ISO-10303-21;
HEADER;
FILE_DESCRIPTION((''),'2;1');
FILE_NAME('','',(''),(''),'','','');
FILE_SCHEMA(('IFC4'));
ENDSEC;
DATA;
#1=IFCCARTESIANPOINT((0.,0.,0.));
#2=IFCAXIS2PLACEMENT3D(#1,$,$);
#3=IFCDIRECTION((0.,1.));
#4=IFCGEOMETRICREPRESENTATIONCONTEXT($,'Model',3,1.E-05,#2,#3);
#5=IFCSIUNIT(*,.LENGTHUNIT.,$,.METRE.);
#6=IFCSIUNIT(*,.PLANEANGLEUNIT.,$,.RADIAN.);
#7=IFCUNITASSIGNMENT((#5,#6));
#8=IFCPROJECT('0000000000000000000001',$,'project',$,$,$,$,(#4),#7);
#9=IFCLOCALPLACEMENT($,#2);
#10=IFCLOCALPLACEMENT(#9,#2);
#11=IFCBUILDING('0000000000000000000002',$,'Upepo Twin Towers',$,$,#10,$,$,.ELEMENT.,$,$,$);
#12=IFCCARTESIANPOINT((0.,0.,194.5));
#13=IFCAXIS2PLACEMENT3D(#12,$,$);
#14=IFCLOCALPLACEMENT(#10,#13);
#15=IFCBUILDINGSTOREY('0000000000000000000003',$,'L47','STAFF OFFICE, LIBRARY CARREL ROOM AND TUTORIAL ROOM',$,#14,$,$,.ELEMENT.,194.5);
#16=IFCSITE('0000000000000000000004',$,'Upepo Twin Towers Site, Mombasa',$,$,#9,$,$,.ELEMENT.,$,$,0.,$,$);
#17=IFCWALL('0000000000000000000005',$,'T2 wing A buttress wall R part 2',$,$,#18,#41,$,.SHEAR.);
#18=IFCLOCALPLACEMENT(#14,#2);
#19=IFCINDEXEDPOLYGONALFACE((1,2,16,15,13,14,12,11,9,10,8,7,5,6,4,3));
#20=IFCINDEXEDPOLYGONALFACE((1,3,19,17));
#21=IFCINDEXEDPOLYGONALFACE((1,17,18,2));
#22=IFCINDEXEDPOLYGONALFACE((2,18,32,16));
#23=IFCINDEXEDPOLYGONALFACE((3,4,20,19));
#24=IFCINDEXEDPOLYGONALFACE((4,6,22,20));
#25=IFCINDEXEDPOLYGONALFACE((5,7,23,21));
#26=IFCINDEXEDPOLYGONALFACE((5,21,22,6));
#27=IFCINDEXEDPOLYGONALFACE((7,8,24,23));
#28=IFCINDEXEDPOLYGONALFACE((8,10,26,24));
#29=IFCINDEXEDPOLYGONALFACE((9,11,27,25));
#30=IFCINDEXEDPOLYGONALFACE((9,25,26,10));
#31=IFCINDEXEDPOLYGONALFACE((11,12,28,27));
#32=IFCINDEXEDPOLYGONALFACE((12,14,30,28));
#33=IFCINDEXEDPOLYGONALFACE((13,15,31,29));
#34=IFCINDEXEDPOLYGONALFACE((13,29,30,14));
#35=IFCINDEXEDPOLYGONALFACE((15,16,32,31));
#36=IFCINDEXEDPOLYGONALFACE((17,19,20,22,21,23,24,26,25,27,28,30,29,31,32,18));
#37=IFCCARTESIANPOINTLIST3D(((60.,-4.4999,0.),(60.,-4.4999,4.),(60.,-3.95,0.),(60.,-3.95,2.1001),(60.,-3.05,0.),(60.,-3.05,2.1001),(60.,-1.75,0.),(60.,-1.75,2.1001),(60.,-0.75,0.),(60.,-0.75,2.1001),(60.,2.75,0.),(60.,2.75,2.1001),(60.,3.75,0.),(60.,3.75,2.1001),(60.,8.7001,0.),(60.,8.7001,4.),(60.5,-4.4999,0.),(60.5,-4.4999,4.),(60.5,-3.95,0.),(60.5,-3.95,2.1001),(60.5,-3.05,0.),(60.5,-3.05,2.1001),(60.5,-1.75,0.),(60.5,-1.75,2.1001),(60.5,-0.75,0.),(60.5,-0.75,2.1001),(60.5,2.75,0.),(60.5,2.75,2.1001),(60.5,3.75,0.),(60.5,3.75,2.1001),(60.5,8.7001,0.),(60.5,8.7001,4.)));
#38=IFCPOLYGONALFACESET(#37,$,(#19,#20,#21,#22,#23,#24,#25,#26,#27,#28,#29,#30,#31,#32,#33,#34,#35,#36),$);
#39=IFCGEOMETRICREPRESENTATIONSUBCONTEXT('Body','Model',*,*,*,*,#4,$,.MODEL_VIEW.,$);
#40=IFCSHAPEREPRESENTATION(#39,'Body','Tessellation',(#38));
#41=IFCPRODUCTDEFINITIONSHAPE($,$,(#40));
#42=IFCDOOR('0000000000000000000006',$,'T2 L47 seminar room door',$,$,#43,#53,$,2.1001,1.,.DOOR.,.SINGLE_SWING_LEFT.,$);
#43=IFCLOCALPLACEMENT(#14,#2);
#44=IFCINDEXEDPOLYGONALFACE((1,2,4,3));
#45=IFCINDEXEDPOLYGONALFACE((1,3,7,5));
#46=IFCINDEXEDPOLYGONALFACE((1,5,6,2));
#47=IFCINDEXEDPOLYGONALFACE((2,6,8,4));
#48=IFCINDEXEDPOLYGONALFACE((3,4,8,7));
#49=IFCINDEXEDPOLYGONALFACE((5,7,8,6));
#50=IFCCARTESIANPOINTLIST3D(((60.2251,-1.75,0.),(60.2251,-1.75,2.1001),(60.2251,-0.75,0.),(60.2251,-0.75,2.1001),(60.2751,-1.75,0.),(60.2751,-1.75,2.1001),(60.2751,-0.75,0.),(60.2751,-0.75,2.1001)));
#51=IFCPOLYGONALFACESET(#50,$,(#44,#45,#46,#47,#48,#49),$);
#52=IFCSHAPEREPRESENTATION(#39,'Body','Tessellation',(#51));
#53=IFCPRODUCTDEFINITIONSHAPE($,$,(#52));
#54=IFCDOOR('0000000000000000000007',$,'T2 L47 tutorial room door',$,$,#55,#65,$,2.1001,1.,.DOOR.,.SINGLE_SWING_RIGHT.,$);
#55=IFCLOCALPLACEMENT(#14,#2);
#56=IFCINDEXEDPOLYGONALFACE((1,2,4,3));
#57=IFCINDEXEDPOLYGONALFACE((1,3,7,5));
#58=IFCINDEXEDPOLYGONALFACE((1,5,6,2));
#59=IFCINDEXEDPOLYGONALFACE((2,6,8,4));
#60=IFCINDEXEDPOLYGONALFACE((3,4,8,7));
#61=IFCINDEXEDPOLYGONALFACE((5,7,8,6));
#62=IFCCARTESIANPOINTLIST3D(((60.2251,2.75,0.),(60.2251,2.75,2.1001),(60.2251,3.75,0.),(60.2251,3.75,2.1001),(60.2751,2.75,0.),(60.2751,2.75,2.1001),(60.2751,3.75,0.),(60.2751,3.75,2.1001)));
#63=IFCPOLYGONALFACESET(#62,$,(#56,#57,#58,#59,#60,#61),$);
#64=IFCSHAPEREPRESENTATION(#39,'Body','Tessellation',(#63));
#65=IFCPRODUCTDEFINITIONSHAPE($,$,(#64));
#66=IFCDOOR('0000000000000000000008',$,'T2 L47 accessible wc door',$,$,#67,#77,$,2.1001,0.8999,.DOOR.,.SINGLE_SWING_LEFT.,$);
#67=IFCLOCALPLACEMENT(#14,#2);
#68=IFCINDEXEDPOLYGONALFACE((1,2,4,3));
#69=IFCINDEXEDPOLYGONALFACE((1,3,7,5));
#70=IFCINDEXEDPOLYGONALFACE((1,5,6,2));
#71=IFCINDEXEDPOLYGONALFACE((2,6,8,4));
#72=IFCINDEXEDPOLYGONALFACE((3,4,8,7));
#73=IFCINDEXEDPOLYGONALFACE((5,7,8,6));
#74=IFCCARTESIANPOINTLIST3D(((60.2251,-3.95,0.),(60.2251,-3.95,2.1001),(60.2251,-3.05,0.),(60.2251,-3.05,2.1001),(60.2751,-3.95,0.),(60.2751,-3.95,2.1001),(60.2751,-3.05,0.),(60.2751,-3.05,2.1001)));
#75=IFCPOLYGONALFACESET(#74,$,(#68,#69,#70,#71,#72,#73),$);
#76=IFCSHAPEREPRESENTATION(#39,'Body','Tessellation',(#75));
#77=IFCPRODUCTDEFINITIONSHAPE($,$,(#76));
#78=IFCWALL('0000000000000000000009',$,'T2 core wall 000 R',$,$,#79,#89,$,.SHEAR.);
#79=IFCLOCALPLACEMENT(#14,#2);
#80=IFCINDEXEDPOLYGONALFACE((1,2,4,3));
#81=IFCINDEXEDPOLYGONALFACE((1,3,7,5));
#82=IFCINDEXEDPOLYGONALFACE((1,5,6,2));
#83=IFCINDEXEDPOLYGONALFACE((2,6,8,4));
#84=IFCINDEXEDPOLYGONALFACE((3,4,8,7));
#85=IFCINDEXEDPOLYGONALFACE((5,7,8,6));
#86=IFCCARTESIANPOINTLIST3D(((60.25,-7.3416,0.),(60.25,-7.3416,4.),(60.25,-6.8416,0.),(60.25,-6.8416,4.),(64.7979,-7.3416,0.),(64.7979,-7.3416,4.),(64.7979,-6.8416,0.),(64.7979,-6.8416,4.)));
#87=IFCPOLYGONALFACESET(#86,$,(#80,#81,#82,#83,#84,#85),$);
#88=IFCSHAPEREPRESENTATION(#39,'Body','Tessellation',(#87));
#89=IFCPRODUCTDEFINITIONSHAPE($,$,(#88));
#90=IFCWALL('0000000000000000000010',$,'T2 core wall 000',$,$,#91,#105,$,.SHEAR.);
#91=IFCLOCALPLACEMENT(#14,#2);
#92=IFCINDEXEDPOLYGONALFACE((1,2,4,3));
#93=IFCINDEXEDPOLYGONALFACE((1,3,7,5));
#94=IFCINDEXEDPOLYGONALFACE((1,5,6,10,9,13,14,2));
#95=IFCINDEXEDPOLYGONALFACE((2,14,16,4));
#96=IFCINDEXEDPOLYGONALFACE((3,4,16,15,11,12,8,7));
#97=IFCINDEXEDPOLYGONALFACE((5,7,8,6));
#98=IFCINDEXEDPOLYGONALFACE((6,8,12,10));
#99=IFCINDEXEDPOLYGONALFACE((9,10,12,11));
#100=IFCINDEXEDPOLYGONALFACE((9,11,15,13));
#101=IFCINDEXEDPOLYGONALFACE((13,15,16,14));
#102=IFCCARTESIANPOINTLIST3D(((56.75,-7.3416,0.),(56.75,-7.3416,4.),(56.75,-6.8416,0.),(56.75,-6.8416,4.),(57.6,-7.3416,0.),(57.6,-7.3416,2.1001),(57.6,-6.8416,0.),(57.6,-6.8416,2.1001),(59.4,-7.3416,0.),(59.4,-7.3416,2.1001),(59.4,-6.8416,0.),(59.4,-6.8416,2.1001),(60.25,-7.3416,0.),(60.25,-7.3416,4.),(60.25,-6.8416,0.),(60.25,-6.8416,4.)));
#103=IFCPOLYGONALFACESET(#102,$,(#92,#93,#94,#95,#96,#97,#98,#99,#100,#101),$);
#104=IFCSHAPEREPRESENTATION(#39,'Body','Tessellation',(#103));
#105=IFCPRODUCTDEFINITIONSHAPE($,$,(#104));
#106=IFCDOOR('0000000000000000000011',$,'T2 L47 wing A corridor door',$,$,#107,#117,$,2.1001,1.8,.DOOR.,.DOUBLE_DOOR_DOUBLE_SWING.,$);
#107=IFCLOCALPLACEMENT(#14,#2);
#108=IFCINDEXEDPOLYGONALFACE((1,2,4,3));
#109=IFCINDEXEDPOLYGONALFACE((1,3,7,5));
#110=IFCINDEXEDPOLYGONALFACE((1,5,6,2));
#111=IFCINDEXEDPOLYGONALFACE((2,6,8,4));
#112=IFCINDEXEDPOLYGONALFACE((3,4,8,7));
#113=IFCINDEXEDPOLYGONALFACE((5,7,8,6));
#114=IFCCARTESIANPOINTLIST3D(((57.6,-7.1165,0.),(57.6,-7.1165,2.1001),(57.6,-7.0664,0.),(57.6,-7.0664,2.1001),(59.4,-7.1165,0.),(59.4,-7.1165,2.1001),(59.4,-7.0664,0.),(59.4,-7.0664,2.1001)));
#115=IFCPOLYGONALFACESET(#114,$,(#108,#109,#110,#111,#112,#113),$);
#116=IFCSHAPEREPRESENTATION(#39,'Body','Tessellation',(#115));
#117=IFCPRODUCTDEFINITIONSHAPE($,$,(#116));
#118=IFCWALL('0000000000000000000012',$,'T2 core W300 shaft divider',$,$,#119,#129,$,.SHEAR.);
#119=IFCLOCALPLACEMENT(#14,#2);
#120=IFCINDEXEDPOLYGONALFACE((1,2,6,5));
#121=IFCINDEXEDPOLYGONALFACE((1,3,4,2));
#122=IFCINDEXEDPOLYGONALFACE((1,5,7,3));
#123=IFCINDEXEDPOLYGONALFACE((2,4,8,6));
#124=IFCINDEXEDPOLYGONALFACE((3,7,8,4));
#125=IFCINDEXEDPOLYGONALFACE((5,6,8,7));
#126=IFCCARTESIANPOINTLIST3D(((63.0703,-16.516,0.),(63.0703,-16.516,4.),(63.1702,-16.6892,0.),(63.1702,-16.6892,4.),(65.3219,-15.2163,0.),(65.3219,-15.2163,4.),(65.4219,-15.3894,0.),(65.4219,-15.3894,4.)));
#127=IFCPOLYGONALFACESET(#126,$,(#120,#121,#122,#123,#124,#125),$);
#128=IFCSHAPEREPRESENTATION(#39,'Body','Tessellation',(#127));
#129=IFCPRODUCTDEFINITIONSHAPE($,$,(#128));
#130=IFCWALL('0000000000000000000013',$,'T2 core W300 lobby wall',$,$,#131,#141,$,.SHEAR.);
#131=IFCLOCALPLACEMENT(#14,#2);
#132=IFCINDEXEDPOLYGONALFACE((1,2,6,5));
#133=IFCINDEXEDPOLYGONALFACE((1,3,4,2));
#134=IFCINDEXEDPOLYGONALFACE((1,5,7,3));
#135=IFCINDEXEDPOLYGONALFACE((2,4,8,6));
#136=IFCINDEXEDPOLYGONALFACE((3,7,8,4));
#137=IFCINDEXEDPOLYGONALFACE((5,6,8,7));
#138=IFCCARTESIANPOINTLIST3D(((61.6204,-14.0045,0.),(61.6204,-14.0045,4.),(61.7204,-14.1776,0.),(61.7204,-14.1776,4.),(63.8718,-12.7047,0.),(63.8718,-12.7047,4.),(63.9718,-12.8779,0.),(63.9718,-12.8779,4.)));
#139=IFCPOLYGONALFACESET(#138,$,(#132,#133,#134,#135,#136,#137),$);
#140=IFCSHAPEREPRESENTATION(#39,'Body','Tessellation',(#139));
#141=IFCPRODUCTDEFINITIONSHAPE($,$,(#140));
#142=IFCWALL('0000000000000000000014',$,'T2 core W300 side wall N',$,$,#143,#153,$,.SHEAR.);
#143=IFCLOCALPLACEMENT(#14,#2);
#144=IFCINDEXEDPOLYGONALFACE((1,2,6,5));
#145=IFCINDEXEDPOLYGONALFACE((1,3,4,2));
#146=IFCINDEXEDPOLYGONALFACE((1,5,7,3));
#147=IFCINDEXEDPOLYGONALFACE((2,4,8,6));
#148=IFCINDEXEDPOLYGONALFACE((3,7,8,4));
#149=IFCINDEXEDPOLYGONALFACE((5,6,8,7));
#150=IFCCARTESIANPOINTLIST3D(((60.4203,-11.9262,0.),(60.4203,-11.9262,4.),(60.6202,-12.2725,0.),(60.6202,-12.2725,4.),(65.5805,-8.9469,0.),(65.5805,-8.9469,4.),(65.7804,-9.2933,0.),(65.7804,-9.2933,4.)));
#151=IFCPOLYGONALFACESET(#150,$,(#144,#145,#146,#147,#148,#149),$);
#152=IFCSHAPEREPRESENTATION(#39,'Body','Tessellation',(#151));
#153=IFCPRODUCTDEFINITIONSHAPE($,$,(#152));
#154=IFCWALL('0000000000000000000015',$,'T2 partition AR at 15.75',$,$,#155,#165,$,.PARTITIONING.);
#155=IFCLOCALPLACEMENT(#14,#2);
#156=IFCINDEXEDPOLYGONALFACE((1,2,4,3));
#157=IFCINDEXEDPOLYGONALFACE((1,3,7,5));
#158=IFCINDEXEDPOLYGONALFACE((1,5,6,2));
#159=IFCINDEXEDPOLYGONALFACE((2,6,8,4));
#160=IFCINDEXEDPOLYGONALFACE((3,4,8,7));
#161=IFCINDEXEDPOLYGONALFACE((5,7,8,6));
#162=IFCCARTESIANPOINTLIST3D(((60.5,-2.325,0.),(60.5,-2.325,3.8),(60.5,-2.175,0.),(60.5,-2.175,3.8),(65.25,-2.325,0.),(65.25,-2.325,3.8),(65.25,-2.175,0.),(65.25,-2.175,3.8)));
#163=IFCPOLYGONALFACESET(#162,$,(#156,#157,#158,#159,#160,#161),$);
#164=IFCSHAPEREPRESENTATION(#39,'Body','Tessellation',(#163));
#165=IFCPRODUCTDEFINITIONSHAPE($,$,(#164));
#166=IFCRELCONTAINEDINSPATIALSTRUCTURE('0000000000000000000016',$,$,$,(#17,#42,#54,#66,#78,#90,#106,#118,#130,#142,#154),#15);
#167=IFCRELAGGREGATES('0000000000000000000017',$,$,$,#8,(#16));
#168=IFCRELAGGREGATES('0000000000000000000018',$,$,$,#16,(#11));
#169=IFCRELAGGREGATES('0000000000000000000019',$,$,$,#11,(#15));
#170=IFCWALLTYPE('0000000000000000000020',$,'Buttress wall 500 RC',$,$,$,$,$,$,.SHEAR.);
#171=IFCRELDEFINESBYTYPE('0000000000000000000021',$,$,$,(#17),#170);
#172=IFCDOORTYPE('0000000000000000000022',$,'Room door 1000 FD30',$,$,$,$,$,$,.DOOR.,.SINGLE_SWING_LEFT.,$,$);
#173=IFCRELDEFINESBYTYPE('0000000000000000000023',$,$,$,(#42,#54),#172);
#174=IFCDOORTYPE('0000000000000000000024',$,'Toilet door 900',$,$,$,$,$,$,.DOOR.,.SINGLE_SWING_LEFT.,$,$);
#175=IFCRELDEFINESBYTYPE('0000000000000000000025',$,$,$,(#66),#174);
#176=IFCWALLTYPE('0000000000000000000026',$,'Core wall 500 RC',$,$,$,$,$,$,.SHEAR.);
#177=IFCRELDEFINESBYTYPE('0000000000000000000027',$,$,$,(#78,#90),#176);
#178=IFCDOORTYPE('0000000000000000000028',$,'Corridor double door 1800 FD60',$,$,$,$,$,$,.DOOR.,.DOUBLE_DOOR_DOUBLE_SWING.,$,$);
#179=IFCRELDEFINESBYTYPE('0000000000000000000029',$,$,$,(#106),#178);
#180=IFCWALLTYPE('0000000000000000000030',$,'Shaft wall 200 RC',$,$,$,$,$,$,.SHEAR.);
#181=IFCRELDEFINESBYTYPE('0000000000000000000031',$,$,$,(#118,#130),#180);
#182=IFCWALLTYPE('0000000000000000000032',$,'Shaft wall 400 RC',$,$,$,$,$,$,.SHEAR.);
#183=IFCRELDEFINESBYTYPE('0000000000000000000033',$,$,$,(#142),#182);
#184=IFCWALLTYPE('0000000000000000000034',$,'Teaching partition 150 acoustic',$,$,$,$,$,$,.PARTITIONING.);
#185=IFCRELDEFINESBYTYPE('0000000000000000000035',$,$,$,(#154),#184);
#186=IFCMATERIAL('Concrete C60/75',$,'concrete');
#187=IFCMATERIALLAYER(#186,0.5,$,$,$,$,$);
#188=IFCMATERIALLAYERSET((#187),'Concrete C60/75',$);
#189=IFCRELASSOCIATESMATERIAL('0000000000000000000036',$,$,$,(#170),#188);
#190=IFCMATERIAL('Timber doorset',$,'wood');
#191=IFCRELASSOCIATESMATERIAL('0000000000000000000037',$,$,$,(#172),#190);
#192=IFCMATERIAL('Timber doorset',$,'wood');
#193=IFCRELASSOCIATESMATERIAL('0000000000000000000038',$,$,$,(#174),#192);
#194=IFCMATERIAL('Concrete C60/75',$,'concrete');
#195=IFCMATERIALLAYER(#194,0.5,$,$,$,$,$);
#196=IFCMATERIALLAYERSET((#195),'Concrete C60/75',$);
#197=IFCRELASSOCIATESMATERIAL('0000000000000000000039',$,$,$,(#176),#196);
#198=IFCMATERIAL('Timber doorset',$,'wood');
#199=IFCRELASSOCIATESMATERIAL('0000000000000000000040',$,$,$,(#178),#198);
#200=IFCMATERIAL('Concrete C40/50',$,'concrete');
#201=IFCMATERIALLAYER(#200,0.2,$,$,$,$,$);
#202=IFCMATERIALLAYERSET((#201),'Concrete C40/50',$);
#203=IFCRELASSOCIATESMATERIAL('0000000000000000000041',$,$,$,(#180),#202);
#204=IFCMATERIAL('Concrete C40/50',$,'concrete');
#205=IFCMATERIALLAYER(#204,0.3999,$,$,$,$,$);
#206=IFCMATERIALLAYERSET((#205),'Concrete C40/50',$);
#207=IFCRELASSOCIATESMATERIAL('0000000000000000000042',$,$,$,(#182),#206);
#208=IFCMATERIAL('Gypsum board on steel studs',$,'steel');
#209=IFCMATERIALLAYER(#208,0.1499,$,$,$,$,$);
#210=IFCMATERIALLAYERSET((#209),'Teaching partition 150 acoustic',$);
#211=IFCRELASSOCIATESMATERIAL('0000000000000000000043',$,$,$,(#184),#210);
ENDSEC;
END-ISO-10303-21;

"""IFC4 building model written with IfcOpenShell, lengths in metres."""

from ifc_helpers import new_model, si_unit, direction, frame, frame_2d, origin, place, context, subcontext, project, spatial, rectangle, extrude, material, layer, layer_set, type_object, element, fill, save


model = new_model("IFC4")

# Units and contexts
model_context = context("Model", 3, precision=1e-05, world=origin(), true_north=direction((0.0, 1.0)))
body_context = subcontext(model_context, "Body", "Model", "MODEL_VIEW")
ifc_project = project(units=[si_unit("LENGTHUNIT", "METRE"), si_unit("PLANEANGLEUNIT", "RADIAN")], contexts=[model_context])

# Site, building, storey
site_placement = place(None, origin())
site = spatial("IfcSite", under=ifc_project, at=site_placement, Name="Upepo Twin Towers Site, Mombasa", CompositionType="ELEMENT", RefElevation=0.0)
building_placement = place(site_placement, origin())
building = spatial("IfcBuilding", under=site, at=building_placement, Name="Upepo Twin Towers", CompositionType="ELEMENT")
storey_placement = place(building_placement, frame((0.0, 0.0, 194.5)))
storey = spatial("IfcBuildingStorey", under=building, at=storey_placement, Name="L47", Description="STAFF OFFICE, LIBRARY CARREL ROOM AND TUTORIAL ROOM", CompositionType="ELEMENT", Elevation=194.5)

# Wall, openings, doors
ifc_material_1 = material(Name="Concrete C60/75", Category="concrete")
ifc_layer_1 = layer(ifc_material_1, 0.5)
ifc_layer_set_1 = layer_set([ifc_layer_1], Name="Concrete C60/75")
wall_type_1 = type_object("IfcWallType", Name="Buttress wall 500 RC", PredefinedType="SHEAR", material=ifc_layer_set_1)
wall_1_placement = place(storey_placement, frame((60.25, -4.5, 0.0), z_axis=(0.0, 0.0, 1.0), x_axis=(0.0, 1.0, 0.0)))
wall_1 = element("IfcWall", 1, at=wall_1_placement, inside=storey, type_object=wall_type_1, Name="T2 wing A buttress wall R part 2", PredefinedType="SHEAR", context=body_context, shape_type="SweptSolid", body=[
    extrude(rectangle(XDim=13.2, YDim=0.5, at=frame_2d((6.6001, 0.0))), origin(), (0.0, 0.0, 1.0), 4.0),
])
opening_1_placement = place(wall_1_placement, frame((0.55, 0.0, 0.0)))
opening_1 = element("IfcOpeningElement", 2, at=opening_1_placement, cuts=wall_1, PredefinedType="OPENING", context=body_context, shape_type="SweptSolid", body=[
    extrude(rectangle(XDim=0.8999, YDim=2.1001, at=frame_2d((0.45, 1.05))), frame((0.0, 0.26, 0.0), z_axis=(0.0, -1.0, 0.0), x_axis=(1.0, 0.0, 0.0)), (0.0, 0.0, 1.0), 0.52),
])
opening_2_placement = place(wall_1_placement, frame((2.75, 0.0, 0.0)))
opening_2 = element("IfcOpeningElement", 3, at=opening_2_placement, cuts=wall_1, PredefinedType="OPENING", context=body_context, shape_type="SweptSolid", body=[
    extrude(rectangle(XDim=1.0, YDim=2.1001, at=frame_2d((0.5, 1.05))), frame((0.0, 0.26, 0.0), z_axis=(0.0, -1.0, 0.0), x_axis=(1.0, 0.0, 0.0)), (0.0, 0.0, 1.0), 0.52),
])
opening_3_placement = place(wall_1_placement, frame((7.25, 0.0, 0.0)))
opening_3 = element("IfcOpeningElement", 4, at=opening_3_placement, cuts=wall_1, PredefinedType="OPENING", context=body_context, shape_type="SweptSolid", body=[
    extrude(rectangle(XDim=1.0, YDim=2.1001, at=frame_2d((0.5, 1.05))), frame((0.0, 0.26, 0.0), z_axis=(0.0, -1.0, 0.0), x_axis=(1.0, 0.0, 0.0)), (0.0, 0.0, 1.0), 0.52),
])
ifc_material_2 = material(Name="Timber doorset", Category="wood")
door_type_1 = type_object("IfcDoorType", Name="Room door 1000 FD30", OperationType="SINGLE_SWING_LEFT", PredefinedType="DOOR", material=ifc_material_2)
door_1_placement = place(opening_2_placement, origin())
door_1 = element("IfcDoor", 5, at=door_1_placement, inside=storey, type_object=door_type_1, Name="T2 L47 seminar room door", OperationType="SINGLE_SWING_LEFT", OverallHeight=2.1001, OverallWidth=1.0, PredefinedType="DOOR", context=body_context, shape_type="SweptSolid", body=[
    extrude(rectangle(XDim=1.0, YDim=2.1001, at=frame_2d((0.5, 1.05))), frame((0.0, 0.0249, 0.0), z_axis=(0.0, -1.0, 0.0), x_axis=(1.0, 0.0, 0.0)), (0.0, 0.0, 1.0), 0.05),
])
fill(opening_2, door_1)
door_2_placement = place(opening_3_placement, origin())
door_2 = element("IfcDoor", 6, at=door_2_placement, inside=storey, type_object=door_type_1, Name="T2 L47 tutorial room door", OperationType="SINGLE_SWING_RIGHT", OverallHeight=2.1001, OverallWidth=1.0, PredefinedType="DOOR", context=body_context, shape_type="SweptSolid", body=[
    extrude(rectangle(XDim=1.0, YDim=2.1001, at=frame_2d((0.5, 1.05))), frame((0.0, 0.0249, 0.0), z_axis=(0.0, -1.0, 0.0), x_axis=(1.0, 0.0, 0.0)), (0.0, 0.0, 1.0), 0.05),
])
fill(opening_3, door_2)
ifc_material_3 = material(Name="Timber doorset", Category="wood")
door_type_2 = type_object("IfcDoorType", Name="Toilet door 900", OperationType="SINGLE_SWING_LEFT", PredefinedType="DOOR", material=ifc_material_3)
door_3_placement = place(opening_1_placement, origin())
door_3 = element("IfcDoor", 7, at=door_3_placement, inside=storey, type_object=door_type_2, Name="T2 L47 accessible wc door", OperationType="SINGLE_SWING_LEFT", OverallHeight=2.1001, OverallWidth=0.8999, PredefinedType="DOOR", context=body_context, shape_type="SweptSolid", body=[
    extrude(rectangle(XDim=0.8999, YDim=2.1001, at=frame_2d((0.45, 1.05))), frame((0.0, 0.0249, 0.0), z_axis=(0.0, -1.0, 0.0), x_axis=(1.0, 0.0, 0.0)), (0.0, 0.0, 1.0), 0.05),
])
fill(opening_1, door_3)

# Wall
ifc_material_4 = material(Name="Concrete C60/75", Category="concrete")
ifc_layer_2 = layer(ifc_material_4, 0.5)
ifc_layer_set_2 = layer_set([ifc_layer_2], Name="Concrete C60/75")
wall_type_2 = type_object("IfcWallType", Name="Core wall 500 RC", PredefinedType="SHEAR", material=ifc_layer_set_2)
wall_2_placement = place(storey_placement, frame((64.7979, -7.0916, 0.0), z_axis=(0.0, 0.0, 1.0), x_axis=(-1.0, 0.0, 0.0)))
element("IfcWall", 8, at=wall_2_placement, inside=storey, type_object=wall_type_2, Name="T2 core wall 000 R", PredefinedType="SHEAR", context=body_context, shape_type="SweptSolid", body=[
    extrude(rectangle(XDim=4.5479, YDim=0.5, at=frame_2d((2.2739, 0.0))), origin(), (0.0, 0.0, 1.0), 4.0),
])

# Wall, opening, door
wall_3_placement = place(storey_placement, frame((60.25, -7.0916, 0.0), z_axis=(0.0, 0.0, 1.0), x_axis=(-1.0, 0.0, 0.0)))
wall_3 = element("IfcWall", 9, at=wall_3_placement, inside=storey, type_object=wall_type_2, Name="T2 core wall 000", PredefinedType="SHEAR", context=body_context, shape_type="SweptSolid", body=[
    extrude(rectangle(XDim=3.5, YDim=0.5, at=frame_2d((1.75, 0.0))), origin(), (0.0, 0.0, 1.0), 4.0),
])
opening_4_placement = place(wall_3_placement, frame((0.8501, 0.0, 0.0)))
opening_4 = element("IfcOpeningElement", 10, at=opening_4_placement, cuts=wall_3, PredefinedType="OPENING", context=body_context, shape_type="SweptSolid", body=[
    extrude(rectangle(XDim=1.8, YDim=2.1001, at=frame_2d((0.8999, 1.05))), frame((0.0, 0.26, 0.0), z_axis=(0.0, -1.0, 0.0), x_axis=(1.0, 0.0, 0.0)), (0.0, 0.0, 1.0), 0.52),
])
ifc_material_5 = material(Name="Timber doorset", Category="wood")
door_type_3 = type_object("IfcDoorType", Name="Corridor double door 1800 FD60", OperationType="DOUBLE_DOOR_DOUBLE_SWING", PredefinedType="DOOR", material=ifc_material_5)
door_4_placement = place(opening_4_placement, origin())
door_4 = element("IfcDoor", 11, at=door_4_placement, inside=storey, type_object=door_type_3, Name="T2 L47 wing A corridor door", OperationType="DOUBLE_DOOR_DOUBLE_SWING", OverallHeight=2.1001, OverallWidth=1.8, PredefinedType="DOOR", context=body_context, shape_type="SweptSolid", body=[
    extrude(rectangle(XDim=1.8, YDim=2.1001, at=frame_2d((0.8999, 1.05))), frame((0.0, 0.0249, 0.0), z_axis=(0.0, -1.0, 0.0), x_axis=(1.0, 0.0, 0.0)), (0.0, 0.0, 1.0), 0.05),
])
fill(opening_4, door_4)

# Walls
ifc_material_6 = material(Name="Concrete C40/50", Category="concrete")
ifc_layer_3 = layer(ifc_material_6, 0.2)
ifc_layer_set_3 = layer_set([ifc_layer_3], Name="Concrete C40/50")
wall_type_3 = type_object("IfcWallType", Name="Shaft wall 200 RC", PredefinedType="SHEAR", material=ifc_layer_set_3)
wall_4_placement = place(storey_placement, frame((63.1204, -16.6025, 0.0), z_axis=(0.0, 0.0, 1.0), x_axis=(0.866062, 0.499937, 0.0)))
element("IfcWall", 12, at=wall_4_placement, inside=storey, type_object=wall_type_3, Name="T2 core W300 shaft divider", PredefinedType="SHEAR", context=body_context, shape_type="SweptSolid", body=[
    extrude(rectangle(XDim=2.5999, YDim=0.2, at=frame_2d((1.2998, 0.0))), origin(), (0.0, 0.0, 1.0), 4.0),
])
wall_5_placement = place(storey_placement, frame((61.6704, -14.0911, 0.0), z_axis=(0.0, 0.0, 1.0), x_axis=(0.866039, 0.499977, 0.0)))
element("IfcWall", 13, at=wall_5_placement, inside=storey, type_object=wall_type_3, Name="T2 core W300 lobby wall", PredefinedType="SHEAR", context=body_context, shape_type="SweptSolid", body=[
    extrude(rectangle(XDim=2.5996, YDim=0.2, at=frame_2d((1.2998, 0.0))), origin(), (0.0, 0.0, 1.0), 4.0),
])
ifc_material_7 = material(Name="Concrete C40/50", Category="concrete")
ifc_layer_4 = layer(ifc_material_7, 0.3999)
ifc_layer_set_4 = layer_set([ifc_layer_4], Name="Concrete C40/50")
wall_type_4 = type_object("IfcWallType", Name="Shaft wall 400 RC", PredefinedType="SHEAR", material=ifc_layer_set_4)
wall_6_placement = place(storey_placement, frame((60.5203, -12.0994, 0.0), z_axis=(0.0, 0.0, 1.0), x_axis=(0.866023, 0.500004, 0.0)))
element("IfcWall", 14, at=wall_6_placement, inside=storey, type_object=wall_type_4, Name="T2 core W300 side wall N", PredefinedType="SHEAR", context=body_context, shape_type="SweptSolid", body=[
    extrude(rectangle(XDim=5.9585, YDim=0.3999, at=frame_2d((2.9792, 0.0))), origin(), (0.0, 0.0, 1.0), 4.0),
])
ifc_material_8 = material(Name="Gypsum board on steel studs", Category="steel")
ifc_layer_5 = layer(ifc_material_8, 0.1499)
ifc_layer_set_5 = layer_set([ifc_layer_5], Name="Teaching partition 150 acoustic")
wall_type_5 = type_object("IfcWallType", Name="Teaching partition 150 acoustic", PredefinedType="PARTITIONING", material=ifc_layer_set_5)
wall_7_placement = place(storey_placement, frame((60.5, -2.25, 0.0), z_axis=(0.0, 0.0, 1.0), x_axis=(1.0, 0.0, 0.0)))
element("IfcWall", 15, at=wall_7_placement, inside=storey, type_object=wall_type_5, Name="T2 partition AR at 15.75", PredefinedType="PARTITIONING", context=body_context, shape_type="SweptSolid", body=[
    extrude(rectangle(XDim=4.75, YDim=0.1499, at=frame_2d((2.375, 0.0))), origin(), (0.0, 0.0, 1.0), 3.8),
])

save(model, "model.ifc")
